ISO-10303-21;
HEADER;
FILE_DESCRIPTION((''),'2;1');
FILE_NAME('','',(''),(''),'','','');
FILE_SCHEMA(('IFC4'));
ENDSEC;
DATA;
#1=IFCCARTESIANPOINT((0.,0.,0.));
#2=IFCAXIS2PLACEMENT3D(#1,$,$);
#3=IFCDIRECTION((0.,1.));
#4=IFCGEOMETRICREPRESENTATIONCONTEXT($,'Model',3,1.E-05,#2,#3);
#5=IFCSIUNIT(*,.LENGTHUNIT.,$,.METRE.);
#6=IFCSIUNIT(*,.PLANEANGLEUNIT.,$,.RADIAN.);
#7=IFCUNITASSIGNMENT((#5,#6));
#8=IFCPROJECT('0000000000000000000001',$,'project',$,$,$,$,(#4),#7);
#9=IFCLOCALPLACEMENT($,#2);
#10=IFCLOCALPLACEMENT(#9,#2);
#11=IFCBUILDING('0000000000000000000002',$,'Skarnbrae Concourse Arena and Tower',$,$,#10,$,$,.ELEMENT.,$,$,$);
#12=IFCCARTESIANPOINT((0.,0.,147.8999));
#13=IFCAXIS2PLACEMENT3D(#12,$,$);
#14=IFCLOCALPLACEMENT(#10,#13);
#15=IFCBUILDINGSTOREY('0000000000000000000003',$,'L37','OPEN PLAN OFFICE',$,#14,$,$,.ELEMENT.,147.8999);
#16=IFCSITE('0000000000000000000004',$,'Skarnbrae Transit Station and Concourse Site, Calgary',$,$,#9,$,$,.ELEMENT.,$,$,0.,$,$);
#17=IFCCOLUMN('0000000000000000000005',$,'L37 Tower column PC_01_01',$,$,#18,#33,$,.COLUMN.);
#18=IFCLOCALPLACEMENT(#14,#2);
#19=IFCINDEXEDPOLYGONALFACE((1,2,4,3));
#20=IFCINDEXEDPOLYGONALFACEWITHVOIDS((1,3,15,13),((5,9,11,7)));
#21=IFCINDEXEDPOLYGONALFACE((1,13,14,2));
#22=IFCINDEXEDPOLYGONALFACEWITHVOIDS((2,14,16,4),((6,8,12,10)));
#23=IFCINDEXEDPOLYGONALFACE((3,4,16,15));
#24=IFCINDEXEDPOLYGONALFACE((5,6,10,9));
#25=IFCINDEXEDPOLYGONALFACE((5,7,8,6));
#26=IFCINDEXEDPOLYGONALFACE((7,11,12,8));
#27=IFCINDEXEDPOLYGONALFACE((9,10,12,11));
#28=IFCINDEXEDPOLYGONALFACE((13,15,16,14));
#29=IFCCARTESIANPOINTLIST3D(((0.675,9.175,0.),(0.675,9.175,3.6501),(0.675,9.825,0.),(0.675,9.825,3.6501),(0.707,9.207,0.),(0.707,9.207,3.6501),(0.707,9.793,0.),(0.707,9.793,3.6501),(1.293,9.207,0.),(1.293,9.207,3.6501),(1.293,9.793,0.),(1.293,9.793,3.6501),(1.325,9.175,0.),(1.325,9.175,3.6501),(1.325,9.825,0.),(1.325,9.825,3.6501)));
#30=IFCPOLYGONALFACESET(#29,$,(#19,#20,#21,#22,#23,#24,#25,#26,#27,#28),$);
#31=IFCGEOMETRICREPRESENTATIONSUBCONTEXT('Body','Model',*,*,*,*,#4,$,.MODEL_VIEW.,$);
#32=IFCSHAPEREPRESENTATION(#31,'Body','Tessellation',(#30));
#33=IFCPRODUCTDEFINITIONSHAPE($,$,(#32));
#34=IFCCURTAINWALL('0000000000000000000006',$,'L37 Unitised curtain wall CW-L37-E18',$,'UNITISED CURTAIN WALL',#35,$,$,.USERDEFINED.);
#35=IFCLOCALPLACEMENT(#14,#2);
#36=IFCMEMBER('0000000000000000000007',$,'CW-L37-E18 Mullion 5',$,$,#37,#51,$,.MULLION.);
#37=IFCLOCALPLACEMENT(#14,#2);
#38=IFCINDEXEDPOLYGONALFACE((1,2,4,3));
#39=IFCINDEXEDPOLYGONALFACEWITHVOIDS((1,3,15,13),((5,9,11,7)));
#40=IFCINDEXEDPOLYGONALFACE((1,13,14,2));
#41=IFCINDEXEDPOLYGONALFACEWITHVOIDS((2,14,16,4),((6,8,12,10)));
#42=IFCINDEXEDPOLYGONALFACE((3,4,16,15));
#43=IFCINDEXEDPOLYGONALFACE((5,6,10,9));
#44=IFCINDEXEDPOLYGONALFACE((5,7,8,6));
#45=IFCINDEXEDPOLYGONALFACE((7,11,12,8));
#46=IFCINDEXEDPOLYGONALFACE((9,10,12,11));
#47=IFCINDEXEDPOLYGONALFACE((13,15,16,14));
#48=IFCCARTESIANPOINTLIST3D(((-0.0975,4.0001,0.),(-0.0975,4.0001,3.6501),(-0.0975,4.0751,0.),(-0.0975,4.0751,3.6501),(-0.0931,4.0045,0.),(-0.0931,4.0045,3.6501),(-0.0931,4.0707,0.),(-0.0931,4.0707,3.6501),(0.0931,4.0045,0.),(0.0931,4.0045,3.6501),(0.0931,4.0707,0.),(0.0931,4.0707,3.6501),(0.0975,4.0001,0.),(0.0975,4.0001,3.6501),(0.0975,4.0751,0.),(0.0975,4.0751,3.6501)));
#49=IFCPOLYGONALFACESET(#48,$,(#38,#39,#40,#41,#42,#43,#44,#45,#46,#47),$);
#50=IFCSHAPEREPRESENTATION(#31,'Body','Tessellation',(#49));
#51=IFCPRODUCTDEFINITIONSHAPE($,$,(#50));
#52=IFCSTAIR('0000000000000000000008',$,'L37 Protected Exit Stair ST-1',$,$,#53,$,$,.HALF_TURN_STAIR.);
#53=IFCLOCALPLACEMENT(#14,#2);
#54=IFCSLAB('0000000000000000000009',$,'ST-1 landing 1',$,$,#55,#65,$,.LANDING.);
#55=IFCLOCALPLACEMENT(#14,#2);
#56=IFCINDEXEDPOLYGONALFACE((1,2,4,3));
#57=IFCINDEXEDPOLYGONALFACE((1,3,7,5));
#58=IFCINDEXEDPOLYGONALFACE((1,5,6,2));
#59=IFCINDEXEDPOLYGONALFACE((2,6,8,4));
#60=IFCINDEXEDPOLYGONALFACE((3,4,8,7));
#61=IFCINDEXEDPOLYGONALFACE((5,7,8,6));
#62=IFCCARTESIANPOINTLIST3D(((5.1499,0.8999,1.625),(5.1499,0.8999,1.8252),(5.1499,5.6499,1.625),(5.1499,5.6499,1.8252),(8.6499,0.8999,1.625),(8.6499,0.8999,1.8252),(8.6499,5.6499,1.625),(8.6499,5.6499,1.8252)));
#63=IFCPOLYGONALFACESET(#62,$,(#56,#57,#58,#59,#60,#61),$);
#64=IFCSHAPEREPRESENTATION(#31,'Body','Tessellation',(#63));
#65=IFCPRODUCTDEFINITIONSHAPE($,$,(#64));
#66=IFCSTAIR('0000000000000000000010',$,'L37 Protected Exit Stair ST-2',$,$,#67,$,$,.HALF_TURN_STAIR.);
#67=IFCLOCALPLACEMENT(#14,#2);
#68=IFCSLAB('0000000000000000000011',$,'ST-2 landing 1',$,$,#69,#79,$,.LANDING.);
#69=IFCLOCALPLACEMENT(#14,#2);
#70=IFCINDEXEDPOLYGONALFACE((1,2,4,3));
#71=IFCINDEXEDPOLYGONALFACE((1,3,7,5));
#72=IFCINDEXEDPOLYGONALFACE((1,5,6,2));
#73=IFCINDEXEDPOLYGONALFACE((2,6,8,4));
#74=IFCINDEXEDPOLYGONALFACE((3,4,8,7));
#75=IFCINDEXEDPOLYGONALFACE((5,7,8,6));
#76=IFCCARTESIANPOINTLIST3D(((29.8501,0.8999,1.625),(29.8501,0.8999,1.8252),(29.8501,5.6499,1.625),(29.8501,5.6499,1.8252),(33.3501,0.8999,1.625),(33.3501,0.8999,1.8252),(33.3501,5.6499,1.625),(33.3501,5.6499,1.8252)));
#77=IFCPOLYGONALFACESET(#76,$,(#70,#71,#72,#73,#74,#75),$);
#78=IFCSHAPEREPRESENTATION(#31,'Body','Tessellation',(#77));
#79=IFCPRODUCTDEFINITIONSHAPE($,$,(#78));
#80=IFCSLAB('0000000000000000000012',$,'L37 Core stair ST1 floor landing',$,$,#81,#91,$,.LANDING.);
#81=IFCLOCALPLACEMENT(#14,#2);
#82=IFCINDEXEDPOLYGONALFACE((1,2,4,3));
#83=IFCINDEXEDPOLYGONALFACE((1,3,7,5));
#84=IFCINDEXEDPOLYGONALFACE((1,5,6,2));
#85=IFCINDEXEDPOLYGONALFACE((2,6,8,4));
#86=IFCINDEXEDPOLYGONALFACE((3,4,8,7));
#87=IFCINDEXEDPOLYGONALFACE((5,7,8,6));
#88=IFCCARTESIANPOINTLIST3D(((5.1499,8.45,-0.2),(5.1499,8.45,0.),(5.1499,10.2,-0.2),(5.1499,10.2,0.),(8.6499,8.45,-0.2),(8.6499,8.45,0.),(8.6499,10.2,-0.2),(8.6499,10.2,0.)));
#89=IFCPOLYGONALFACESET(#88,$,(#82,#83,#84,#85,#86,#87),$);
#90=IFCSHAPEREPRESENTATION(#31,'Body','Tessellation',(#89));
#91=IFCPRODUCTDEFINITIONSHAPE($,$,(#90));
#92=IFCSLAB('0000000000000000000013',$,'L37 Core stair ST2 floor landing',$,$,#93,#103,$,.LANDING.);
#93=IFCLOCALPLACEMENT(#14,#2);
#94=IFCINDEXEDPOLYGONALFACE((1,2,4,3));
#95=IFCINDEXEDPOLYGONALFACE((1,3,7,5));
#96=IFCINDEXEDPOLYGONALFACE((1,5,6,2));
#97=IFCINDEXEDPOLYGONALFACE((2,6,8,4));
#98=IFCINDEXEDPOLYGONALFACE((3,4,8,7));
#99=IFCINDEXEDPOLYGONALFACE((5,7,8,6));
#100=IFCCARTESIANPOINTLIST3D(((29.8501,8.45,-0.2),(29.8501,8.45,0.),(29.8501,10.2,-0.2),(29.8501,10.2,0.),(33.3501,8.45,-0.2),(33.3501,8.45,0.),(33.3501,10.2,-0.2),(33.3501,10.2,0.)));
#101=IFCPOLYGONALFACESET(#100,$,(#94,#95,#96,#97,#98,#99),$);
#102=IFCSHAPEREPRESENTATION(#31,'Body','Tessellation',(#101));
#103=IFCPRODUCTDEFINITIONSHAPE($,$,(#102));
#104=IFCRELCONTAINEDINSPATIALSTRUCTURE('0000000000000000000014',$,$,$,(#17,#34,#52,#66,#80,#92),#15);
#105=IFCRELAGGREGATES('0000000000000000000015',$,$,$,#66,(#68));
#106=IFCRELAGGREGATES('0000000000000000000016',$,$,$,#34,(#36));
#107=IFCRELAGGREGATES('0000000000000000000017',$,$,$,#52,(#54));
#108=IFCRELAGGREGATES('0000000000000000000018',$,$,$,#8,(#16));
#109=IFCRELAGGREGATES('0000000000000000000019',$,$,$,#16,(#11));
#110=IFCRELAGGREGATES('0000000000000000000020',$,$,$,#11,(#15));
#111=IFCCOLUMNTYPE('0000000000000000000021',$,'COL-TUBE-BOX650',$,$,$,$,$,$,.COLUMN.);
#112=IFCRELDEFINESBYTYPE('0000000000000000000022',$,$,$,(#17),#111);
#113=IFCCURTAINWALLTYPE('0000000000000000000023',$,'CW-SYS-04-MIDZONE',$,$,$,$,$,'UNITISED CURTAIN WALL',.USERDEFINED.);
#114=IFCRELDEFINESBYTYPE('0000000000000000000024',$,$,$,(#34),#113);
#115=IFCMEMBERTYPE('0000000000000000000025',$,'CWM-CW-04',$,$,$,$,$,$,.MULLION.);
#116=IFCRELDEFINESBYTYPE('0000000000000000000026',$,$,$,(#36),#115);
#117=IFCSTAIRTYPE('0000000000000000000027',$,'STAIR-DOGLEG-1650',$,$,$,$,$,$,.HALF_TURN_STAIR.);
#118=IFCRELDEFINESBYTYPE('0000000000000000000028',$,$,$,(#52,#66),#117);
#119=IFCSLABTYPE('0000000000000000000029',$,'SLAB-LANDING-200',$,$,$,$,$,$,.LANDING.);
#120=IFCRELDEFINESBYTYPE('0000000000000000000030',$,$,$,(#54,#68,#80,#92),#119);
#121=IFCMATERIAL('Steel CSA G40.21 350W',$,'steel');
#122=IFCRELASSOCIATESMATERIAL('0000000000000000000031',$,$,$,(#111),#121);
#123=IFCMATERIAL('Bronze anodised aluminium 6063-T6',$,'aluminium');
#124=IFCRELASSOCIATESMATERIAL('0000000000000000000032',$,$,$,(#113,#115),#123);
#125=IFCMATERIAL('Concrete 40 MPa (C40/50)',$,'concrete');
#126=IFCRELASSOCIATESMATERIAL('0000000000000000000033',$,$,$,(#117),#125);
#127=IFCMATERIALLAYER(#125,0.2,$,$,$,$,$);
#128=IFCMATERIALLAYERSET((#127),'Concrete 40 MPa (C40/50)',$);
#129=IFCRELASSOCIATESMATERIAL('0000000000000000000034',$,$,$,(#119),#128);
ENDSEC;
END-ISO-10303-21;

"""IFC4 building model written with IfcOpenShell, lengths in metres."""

from ifc_helpers import new_model, si_unit, direction, frame, origin, origin_2d, place, context, subcontext, project, spatial, polyline, hollow_rectangle, outline, extrude, source, transform, mapped, material, layer, layer_set, material_profile, profile_set, type_object, element, aggregate, save


model = new_model("IFC4")

# Units and contexts
model_context = context("Model", 3, precision=1e-05, world=origin(), true_north=direction((0.0, 1.0)))
body_context = subcontext(model_context, "Body", "Model", "MODEL_VIEW")
ifc_project = project(units=[si_unit("LENGTHUNIT", "METRE"), si_unit("PLANEANGLEUNIT", "RADIAN")], contexts=[model_context])

# Site, building, storey
site_placement = place(None, origin())
site = spatial("IfcSite", under=ifc_project, at=site_placement, Name="Skarnbrae Transit Station and Concourse Site, Calgary", CompositionType="ELEMENT", RefElevation=0.0)
building_placement = place(site_placement, origin())
building = spatial("IfcBuilding", under=site, at=building_placement, Name="Skarnbrae Concourse Arena and Tower", CompositionType="ELEMENT")
storey_placement = place(building_placement, frame((0.0, 0.0, 147.8999)))
storey = spatial("IfcBuildingStorey", under=building, at=storey_placement, Name="L37", Description="OPEN PLAN OFFICE", CompositionType="ELEMENT", Elevation=147.8999)

# Column
ifc_material_1 = material(Name="Steel CSA G40.21 350W", Category="steel")
ifc_material_profile_1 = material_profile(ifc_material_1, hollow_rectangle(XDim=0.6499, YDim=0.6499, WallThickness=0.032, at=origin_2d()), Name="BOX650X650X32")
ifc_profile_set_1 = profile_set([ifc_material_profile_1], Name="Steel CSA G40.21 350W")
column_type = type_object("IfcColumnType", Name="COL-TUBE-BOX650", PredefinedType="COLUMN", material=ifc_profile_set_1)
shared_shape_1 = source(origin(), body_context, "Body", "SweptSolid", [
    extrude(hollow_rectangle(XDim=0.6499, YDim=0.6499, WallThickness=0.032, at=origin_2d()), origin(), (0.0, 0.0, 1.0), 3.6501),
])
column_placement = place(storey_placement, frame((1.0, 9.5, 0.0), z_axis=(0.0, 0.0, 1.0), x_axis=(1.0, 0.0, 0.0)))
element("IfcColumn", 1, at=column_placement, inside=storey, type_object=column_type, Name="L37 Tower column PC_01_01", PredefinedType="COLUMN", context=body_context, shape_type="MappedRepresentation", body=[
    mapped(shared_shape_1, transform((0.0, 0.0, 0.0))),
])

# Curtain wall, member
ifc_material_2 = material(Name="Bronze anodised aluminium 6063-T6", Category="aluminium")
curtain_wall_type = type_object("IfcCurtainWallType", Name="CW-SYS-04-MIDZONE", ElementType="UNITISED CURTAIN WALL", PredefinedType="USERDEFINED", material=ifc_material_2)
curtain_wall_placement = place(storey_placement, origin())
curtain_wall = element("IfcCurtainWall", 2, at=curtain_wall_placement, inside=storey, type_object=curtain_wall_type, Name="L37 Unitised curtain wall CW-L37-E18", ObjectType="UNITISED CURTAIN WALL", PredefinedType="USERDEFINED")
ifc_material_profile_2 = material_profile(ifc_material_2, hollow_rectangle(XDim=0.075, YDim=0.1951, WallThickness=0.0044, at=origin_2d()), Name="ALU-MULL-75X195")
ifc_profile_set_2 = profile_set([ifc_material_profile_2], Name="Bronze anodised aluminium 6063-T6")
member_type = type_object("IfcMemberType", Name="CWM-CW-04", PredefinedType="MULLION", material=ifc_profile_set_2)
shared_shape_2 = source(origin(), body_context, "Body", "SweptSolid", [
    extrude(hollow_rectangle(XDim=0.075, YDim=0.1951, WallThickness=0.0044, at=origin_2d()), origin(), (0.0, 0.0, 1.0), 3.6501),
])
member_placement = place(storey_placement, frame((0.0, 4.0376, 0.0), z_axis=(0.0, 0.0, 1.0), x_axis=(0.0, -1.0, 0.0)))
member = element("IfcMember", 3, at=member_placement, type_object=member_type, Name="CW-L37-E18 Mullion 5", PredefinedType="MULLION", context=body_context, shape_type="MappedRepresentation", body=[
    mapped(shared_shape_2, transform((0.0, 0.0, 0.0))),
])

# Stairs, slabs
ifc_material_3 = material(Name="Concrete 40 MPa (C40/50)", Category="concrete")
stair_type = type_object("IfcStairType", Name="STAIR-DOGLEG-1650", PredefinedType="HALF_TURN_STAIR", material=ifc_material_3)
stair_1_placement = place(storey_placement, origin())
stair_1 = element("IfcStair", 4, at=stair_1_placement, inside=storey, type_object=stair_type, Name="L37 Protected Exit Stair ST-1", PredefinedType="HALF_TURN_STAIR")
ifc_layer_1 = layer(ifc_material_3, 0.2)
ifc_layer_set_1 = layer_set([ifc_layer_1], Name="Concrete 40 MPa (C40/50)")
slab_type_1 = type_object("IfcSlabType", Name="SLAB-LANDING-200", PredefinedType="LANDING", material=ifc_layer_set_1)
slab_1_placement = place(storey_placement, frame((0.0, 0.0, 1.625)))
slab_1 = element("IfcSlab", 5, at=slab_1_placement, type_object=slab_type_1, Name="ST-1 landing 1", PredefinedType="LANDING", context=body_context, shape_type="SweptSolid", body=[
    extrude(outline(polyline([(5.1499, 5.6499), (5.1499, 0.8999), (8.6499, 0.8999), (8.6499, 5.6499), (5.1499, 5.6499)])), origin(), (0.0, 0.0, 1.0), 0.2002),
])
stair_2_placement = place(storey_placement, origin())
stair_2 = element("IfcStair", 6, at=stair_2_placement, inside=storey, type_object=stair_type, Name="L37 Protected Exit Stair ST-2", PredefinedType="HALF_TURN_STAIR")
slab_2_placement = place(storey_placement, frame((0.0, 0.0, 1.625)))
slab_2 = element("IfcSlab", 7, at=slab_2_placement, type_object=slab_type_1, Name="ST-2 landing 1", PredefinedType="LANDING", context=body_context, shape_type="SweptSolid", body=[
    extrude(outline(polyline([(29.8501, 5.6499), (29.8501, 0.8999), (33.3501, 0.8999), (33.3501, 5.6499), (29.8501, 5.6499)])), origin(), (0.0, 0.0, 1.0), 0.2002),
])
aggregate(stair_2, [slab_2])

# Slabs
slab_3_placement = place(storey_placement, frame((0.0, 0.0, -0.2)))
element("IfcSlab", 8, at=slab_3_placement, inside=storey, type_object=slab_type_1, Name="L37 Core stair ST1 floor landing", PredefinedType="LANDING", context=body_context, shape_type="SweptSolid", body=[
    extrude(outline(polyline([(5.1499, 10.2), (5.1499, 8.45), (8.6499, 8.45), (8.6499, 10.2), (5.1499, 10.2)])), origin(), (0.0, 0.0, 1.0), 0.2),
])
slab_4_placement = place(storey_placement, frame((0.0, 0.0, -0.2)))
element("IfcSlab", 9, at=slab_4_placement, inside=storey, type_object=slab_type_1, Name="L37 Core stair ST2 floor landing", PredefinedType="LANDING", context=body_context, shape_type="SweptSolid", body=[
    extrude(outline(polyline([(29.8501, 10.2), (29.8501, 8.45), (33.3501, 8.45), (33.3501, 10.2), (29.8501, 10.2)])), origin(), (0.0, 0.0, 1.0), 0.2),
])

aggregate(curtain_wall, [member])

aggregate(stair_1, [slab_1])

save(model, "model.ifc")
